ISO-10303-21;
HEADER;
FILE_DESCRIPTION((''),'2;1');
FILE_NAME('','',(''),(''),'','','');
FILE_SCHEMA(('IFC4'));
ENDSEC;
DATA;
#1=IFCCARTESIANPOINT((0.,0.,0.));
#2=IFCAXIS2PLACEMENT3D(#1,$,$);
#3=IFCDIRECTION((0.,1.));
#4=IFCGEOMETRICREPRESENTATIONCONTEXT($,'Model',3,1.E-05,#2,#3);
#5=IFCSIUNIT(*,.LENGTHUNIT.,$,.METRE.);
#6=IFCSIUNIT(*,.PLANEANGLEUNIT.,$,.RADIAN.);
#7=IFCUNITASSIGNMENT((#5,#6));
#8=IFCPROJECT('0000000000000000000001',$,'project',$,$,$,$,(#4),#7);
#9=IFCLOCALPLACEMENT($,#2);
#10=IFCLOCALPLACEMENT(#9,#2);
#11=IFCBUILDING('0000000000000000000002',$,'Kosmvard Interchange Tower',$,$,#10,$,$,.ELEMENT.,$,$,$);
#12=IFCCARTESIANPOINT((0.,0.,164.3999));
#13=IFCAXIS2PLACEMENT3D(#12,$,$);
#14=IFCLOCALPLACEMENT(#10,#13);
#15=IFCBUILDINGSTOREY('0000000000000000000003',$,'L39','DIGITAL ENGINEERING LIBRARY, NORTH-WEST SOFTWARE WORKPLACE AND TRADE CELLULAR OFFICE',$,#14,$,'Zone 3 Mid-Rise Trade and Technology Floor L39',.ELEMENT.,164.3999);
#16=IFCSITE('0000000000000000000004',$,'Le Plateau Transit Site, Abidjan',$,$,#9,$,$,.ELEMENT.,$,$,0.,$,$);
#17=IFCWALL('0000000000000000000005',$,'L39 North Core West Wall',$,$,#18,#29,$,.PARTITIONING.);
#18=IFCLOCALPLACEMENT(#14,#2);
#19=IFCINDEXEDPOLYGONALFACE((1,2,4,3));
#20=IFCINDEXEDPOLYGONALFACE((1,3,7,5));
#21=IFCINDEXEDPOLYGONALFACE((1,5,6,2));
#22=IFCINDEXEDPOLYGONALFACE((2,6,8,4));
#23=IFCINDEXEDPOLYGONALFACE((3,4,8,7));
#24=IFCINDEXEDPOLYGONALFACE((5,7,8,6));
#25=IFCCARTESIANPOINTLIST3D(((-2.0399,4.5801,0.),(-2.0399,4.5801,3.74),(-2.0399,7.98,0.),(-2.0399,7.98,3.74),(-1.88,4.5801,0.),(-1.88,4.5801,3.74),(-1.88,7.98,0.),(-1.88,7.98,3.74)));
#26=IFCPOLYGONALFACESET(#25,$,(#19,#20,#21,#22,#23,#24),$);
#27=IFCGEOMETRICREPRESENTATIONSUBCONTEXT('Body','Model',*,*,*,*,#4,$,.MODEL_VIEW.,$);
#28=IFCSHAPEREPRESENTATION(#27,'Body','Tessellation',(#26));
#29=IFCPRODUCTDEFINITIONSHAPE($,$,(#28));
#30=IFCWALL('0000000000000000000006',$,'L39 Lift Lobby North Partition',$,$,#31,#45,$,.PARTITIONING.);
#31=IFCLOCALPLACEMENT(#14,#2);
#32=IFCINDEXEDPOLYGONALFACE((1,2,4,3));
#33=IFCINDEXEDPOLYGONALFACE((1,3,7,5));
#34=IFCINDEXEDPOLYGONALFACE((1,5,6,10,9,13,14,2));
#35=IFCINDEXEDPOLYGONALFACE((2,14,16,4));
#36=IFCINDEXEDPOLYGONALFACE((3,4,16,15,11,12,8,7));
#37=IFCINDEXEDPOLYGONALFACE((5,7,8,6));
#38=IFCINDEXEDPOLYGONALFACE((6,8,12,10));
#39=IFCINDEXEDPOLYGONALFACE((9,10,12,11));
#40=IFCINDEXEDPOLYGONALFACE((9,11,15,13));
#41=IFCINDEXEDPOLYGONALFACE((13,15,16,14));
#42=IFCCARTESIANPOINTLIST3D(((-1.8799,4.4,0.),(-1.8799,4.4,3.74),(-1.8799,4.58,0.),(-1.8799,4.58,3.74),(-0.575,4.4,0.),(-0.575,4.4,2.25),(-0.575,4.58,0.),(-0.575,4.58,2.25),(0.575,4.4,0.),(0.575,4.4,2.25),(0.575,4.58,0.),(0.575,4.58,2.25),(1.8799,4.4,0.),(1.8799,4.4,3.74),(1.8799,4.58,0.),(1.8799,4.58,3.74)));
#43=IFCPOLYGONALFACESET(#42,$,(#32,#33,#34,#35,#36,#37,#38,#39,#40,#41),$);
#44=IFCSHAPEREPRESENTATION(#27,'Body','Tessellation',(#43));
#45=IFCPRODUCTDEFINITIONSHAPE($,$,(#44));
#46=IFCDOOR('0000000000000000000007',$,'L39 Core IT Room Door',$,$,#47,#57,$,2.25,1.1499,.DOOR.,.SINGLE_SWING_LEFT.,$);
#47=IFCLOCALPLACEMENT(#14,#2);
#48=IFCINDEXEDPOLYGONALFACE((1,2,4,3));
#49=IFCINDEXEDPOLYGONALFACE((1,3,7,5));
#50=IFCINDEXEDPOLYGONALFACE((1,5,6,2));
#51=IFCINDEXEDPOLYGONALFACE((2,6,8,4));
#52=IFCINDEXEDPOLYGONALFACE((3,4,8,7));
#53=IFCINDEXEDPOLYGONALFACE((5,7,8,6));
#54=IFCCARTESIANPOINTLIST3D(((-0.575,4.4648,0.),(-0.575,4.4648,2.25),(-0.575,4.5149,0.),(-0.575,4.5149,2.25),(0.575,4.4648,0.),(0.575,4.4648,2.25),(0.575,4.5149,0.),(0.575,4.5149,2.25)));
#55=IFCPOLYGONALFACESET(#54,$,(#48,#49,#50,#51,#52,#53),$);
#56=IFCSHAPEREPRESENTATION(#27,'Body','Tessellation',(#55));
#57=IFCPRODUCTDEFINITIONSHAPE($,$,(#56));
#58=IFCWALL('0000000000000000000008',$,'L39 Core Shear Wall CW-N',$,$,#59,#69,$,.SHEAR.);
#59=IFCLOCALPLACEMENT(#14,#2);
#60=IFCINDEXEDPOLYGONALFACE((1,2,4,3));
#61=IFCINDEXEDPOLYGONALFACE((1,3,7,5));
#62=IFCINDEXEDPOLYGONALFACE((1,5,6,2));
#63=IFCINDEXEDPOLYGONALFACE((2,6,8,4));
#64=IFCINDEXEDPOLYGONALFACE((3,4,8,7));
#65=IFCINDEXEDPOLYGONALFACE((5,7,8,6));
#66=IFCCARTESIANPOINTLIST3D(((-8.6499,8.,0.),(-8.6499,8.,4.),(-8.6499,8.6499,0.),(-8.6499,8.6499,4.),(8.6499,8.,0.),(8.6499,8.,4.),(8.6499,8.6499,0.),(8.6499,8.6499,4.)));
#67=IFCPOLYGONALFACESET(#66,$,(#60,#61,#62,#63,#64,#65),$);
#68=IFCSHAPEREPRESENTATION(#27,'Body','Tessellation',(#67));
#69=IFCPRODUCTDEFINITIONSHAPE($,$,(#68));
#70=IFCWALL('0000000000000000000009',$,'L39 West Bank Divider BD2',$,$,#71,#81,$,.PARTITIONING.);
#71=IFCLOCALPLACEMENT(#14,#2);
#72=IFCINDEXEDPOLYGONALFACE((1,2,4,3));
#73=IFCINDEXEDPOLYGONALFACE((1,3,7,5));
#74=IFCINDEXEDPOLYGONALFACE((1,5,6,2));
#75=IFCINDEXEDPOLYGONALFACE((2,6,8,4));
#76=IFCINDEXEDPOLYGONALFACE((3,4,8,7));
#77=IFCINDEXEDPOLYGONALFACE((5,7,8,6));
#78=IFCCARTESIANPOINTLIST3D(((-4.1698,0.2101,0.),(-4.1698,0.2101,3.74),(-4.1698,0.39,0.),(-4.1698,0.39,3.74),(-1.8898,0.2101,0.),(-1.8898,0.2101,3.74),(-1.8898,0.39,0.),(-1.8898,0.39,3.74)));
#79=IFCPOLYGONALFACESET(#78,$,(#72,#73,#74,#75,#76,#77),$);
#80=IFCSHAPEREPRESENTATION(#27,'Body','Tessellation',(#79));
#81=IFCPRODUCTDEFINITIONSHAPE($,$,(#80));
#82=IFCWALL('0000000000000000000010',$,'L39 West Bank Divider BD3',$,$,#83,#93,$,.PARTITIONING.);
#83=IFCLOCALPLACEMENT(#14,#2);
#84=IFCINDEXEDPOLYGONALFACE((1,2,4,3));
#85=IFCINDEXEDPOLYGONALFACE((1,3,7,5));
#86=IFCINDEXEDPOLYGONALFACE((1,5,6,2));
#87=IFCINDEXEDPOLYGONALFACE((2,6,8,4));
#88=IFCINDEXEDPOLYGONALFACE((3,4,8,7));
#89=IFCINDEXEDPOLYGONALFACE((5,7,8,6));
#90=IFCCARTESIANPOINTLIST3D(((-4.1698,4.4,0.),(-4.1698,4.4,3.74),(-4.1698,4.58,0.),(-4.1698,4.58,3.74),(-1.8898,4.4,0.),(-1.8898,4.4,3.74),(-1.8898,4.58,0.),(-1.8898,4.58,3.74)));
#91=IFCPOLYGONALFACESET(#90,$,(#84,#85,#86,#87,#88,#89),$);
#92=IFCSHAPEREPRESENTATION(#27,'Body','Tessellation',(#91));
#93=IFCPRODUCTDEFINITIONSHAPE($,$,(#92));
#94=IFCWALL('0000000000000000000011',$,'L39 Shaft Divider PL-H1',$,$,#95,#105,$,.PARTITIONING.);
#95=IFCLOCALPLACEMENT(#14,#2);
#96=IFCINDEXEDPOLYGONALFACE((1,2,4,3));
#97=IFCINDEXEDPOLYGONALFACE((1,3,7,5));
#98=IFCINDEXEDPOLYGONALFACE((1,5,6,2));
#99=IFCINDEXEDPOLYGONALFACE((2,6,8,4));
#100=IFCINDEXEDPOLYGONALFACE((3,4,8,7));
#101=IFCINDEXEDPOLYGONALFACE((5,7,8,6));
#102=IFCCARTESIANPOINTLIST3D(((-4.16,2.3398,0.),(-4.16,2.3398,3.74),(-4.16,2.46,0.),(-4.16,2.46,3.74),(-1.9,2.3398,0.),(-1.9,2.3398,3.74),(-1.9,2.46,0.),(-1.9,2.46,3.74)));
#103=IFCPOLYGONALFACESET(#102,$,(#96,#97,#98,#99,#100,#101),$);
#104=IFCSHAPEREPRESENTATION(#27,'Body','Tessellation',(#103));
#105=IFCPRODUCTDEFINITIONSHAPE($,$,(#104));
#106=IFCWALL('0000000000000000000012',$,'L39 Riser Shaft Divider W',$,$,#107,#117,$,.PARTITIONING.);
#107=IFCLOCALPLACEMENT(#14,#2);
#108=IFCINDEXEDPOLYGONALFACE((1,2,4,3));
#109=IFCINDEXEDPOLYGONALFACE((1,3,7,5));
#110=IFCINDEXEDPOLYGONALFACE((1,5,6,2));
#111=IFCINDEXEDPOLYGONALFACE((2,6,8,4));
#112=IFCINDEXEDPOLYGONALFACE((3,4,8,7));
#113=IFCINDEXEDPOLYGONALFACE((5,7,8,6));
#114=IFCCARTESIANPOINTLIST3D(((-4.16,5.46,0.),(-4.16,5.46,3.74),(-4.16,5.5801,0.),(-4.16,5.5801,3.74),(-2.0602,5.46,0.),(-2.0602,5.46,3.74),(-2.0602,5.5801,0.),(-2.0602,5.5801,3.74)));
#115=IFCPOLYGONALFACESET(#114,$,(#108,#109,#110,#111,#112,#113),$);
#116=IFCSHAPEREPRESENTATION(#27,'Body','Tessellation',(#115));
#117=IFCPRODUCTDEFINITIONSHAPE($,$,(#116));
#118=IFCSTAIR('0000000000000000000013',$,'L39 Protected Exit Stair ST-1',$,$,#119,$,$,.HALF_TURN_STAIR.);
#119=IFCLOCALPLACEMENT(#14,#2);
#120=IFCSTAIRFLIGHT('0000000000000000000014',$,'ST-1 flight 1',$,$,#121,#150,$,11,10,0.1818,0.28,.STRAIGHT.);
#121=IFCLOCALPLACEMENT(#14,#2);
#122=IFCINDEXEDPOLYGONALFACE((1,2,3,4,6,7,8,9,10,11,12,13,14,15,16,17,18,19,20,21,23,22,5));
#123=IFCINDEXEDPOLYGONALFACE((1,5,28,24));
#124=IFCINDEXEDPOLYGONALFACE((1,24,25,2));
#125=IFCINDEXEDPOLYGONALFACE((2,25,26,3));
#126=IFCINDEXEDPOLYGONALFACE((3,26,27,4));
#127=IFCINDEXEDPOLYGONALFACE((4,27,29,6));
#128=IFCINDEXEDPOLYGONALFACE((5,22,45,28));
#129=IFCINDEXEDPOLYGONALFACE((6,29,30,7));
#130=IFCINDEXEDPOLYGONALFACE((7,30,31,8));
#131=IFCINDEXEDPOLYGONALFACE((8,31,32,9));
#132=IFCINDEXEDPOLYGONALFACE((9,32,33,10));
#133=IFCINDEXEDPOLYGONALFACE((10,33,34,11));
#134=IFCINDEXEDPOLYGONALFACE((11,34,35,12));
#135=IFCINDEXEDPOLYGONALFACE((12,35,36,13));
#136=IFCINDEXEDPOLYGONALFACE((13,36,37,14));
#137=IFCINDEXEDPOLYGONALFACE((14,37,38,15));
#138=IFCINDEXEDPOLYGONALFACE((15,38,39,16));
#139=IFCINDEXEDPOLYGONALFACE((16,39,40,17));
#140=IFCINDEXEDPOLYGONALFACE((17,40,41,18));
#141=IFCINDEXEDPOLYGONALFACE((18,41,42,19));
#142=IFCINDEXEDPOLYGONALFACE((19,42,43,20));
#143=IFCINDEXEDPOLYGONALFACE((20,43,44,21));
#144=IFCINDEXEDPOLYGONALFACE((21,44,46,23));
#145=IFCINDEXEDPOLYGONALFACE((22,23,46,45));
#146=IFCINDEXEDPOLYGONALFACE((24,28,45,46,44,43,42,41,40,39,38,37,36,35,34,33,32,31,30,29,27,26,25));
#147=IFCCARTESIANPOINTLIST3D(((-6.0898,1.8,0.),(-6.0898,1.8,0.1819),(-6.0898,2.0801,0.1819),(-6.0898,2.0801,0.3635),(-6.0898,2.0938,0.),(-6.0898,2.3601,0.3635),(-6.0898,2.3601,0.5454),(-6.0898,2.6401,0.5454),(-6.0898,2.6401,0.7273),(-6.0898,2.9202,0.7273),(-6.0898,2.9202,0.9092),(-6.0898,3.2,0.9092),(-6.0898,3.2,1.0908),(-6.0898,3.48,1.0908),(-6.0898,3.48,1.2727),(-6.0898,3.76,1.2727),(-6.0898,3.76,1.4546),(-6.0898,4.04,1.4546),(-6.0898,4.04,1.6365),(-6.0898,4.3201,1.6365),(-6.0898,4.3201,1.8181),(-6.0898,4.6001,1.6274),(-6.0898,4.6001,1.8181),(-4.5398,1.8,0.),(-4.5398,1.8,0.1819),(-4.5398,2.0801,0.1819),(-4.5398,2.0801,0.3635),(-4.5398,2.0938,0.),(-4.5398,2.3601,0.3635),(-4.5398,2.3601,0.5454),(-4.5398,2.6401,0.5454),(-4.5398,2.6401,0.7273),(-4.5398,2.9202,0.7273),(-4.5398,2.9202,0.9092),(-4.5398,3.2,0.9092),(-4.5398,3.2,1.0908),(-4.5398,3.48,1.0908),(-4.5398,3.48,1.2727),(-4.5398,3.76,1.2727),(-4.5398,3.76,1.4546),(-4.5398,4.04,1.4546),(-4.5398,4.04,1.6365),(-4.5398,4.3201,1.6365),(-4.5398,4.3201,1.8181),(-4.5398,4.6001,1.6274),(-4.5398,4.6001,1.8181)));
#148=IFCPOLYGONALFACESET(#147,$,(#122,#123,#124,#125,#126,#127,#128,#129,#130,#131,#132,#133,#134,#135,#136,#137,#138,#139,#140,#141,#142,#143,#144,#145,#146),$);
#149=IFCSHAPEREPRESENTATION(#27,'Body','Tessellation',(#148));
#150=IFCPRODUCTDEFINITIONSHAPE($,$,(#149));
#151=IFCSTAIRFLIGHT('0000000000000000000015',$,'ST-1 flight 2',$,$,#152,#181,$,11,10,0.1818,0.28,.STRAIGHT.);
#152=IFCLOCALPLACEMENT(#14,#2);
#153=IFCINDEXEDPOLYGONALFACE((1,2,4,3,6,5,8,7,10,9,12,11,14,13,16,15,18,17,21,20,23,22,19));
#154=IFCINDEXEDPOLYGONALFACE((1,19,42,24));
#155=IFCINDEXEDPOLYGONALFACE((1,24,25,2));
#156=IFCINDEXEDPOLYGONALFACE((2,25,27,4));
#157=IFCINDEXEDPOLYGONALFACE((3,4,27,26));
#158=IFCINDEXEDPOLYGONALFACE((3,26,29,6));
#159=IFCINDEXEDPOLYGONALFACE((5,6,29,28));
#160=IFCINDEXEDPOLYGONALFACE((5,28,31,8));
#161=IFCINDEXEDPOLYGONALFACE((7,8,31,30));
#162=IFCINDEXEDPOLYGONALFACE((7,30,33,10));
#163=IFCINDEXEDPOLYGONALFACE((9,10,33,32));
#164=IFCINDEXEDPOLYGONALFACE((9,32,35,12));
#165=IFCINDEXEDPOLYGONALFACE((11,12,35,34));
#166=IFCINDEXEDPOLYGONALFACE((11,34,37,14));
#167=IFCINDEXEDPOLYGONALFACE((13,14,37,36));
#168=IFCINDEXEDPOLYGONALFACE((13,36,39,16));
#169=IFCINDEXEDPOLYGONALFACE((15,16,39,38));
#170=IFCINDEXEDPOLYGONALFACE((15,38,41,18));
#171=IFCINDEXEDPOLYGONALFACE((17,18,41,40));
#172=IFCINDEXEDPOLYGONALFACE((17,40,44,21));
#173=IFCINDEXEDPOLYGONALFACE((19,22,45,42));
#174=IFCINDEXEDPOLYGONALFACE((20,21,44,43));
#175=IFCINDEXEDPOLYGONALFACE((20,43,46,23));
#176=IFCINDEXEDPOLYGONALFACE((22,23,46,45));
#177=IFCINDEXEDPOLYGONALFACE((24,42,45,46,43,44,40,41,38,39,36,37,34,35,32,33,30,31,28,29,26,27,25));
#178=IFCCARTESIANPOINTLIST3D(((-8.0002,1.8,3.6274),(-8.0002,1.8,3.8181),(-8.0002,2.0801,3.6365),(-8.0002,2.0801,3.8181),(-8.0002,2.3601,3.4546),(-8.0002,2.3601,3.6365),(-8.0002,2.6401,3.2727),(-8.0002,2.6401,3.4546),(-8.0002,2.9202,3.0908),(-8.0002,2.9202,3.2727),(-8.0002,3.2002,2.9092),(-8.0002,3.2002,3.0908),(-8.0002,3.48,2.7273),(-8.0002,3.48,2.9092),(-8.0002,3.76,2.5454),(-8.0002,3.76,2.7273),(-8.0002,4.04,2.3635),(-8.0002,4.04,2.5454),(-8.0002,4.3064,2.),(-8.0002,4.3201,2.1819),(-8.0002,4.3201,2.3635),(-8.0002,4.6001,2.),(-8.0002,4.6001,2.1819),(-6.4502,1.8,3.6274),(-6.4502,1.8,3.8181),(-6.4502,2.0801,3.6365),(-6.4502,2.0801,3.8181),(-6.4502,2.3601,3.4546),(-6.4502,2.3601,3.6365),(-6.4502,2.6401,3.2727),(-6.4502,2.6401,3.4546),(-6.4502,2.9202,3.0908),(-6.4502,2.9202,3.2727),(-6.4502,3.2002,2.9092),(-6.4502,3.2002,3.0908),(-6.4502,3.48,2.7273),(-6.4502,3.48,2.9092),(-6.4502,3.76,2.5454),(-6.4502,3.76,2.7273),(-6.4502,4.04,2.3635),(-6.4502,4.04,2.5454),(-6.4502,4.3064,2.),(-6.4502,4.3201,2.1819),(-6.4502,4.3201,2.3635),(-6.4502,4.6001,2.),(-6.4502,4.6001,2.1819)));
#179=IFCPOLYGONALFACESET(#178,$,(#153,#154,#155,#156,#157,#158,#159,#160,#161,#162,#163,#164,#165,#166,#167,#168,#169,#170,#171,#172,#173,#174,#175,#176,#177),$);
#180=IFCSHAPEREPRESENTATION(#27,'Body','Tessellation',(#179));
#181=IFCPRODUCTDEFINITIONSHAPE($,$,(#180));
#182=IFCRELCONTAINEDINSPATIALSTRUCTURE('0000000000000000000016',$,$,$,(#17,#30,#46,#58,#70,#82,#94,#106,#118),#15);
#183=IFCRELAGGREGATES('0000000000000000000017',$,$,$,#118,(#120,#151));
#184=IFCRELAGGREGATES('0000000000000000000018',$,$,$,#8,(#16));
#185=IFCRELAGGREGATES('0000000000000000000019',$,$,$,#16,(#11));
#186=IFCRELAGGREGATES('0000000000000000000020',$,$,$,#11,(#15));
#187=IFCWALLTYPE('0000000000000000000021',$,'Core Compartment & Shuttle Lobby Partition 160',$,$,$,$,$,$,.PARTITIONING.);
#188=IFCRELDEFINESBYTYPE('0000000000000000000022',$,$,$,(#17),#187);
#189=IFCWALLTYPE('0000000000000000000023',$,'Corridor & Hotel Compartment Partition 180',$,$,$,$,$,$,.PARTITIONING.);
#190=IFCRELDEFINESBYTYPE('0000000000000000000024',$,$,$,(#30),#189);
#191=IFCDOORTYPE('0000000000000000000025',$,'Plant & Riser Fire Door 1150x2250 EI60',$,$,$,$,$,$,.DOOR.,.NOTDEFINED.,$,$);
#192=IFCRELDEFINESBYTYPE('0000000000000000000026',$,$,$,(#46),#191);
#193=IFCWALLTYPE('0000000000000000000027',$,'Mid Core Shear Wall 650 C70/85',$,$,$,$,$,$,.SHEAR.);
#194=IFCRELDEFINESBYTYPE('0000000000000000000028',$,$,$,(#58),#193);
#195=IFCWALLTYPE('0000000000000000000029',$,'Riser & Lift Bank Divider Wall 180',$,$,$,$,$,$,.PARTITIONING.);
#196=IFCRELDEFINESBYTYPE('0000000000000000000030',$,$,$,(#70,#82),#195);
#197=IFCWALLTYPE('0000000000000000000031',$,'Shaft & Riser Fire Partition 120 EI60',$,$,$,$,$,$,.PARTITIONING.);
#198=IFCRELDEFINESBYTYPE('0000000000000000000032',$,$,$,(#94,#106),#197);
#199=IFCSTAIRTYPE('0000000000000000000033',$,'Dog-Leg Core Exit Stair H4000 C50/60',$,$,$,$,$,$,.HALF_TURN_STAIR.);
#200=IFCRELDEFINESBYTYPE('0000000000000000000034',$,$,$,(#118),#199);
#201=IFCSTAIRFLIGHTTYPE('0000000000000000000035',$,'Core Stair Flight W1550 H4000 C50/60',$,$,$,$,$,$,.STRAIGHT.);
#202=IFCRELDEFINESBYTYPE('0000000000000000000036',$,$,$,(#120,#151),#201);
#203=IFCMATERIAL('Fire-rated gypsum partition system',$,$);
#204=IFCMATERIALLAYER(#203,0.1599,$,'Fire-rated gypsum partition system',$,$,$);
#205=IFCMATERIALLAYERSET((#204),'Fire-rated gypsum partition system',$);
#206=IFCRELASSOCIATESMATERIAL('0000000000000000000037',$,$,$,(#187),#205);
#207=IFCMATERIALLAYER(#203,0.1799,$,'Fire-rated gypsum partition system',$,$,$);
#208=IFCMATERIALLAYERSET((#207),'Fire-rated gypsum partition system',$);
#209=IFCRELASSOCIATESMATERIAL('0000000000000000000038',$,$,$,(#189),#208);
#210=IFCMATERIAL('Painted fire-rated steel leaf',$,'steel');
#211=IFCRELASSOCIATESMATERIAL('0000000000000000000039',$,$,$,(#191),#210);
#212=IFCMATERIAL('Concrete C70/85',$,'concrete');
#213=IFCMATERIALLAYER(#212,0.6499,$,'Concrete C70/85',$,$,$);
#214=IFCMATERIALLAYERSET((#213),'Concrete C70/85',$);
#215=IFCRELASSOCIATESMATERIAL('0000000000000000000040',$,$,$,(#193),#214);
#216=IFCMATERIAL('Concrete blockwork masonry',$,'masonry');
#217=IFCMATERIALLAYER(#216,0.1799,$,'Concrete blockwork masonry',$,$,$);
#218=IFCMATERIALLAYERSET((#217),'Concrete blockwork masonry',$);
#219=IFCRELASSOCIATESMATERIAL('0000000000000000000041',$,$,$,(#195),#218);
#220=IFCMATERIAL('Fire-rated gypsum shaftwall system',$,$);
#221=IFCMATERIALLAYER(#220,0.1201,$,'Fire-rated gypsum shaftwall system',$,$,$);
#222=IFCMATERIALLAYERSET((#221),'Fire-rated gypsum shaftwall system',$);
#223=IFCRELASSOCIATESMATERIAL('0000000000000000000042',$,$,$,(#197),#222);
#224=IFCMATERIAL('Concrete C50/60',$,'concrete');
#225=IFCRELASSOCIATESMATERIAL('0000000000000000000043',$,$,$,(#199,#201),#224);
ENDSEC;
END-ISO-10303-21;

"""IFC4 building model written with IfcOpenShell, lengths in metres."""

from ifc_helpers import new_model, si_unit, direction, frame, frame_2d, origin, place, context, subcontext, project, spatial, polyline, rectangle, outline, extrude, source, transform, mapped, material, layer, layer_set, type_object, element, fill, aggregate, save


model = new_model("IFC4")

# Units and contexts
model_context = context("Model", 3, precision=1e-05, world=origin(), true_north=direction((0.0, 1.0)))
body_context = subcontext(model_context, "Body", "Model", "MODEL_VIEW")
ifc_project = project(units=[si_unit("LENGTHUNIT", "METRE"), si_unit("PLANEANGLEUNIT", "RADIAN")], contexts=[model_context])

# Site, building, storey
site_placement = place(None, origin())
site = spatial("IfcSite", under=ifc_project, at=site_placement, Name="Le Plateau Transit Site, Abidjan", CompositionType="ELEMENT", RefElevation=0.0)
building_placement = place(site_placement, origin())
building = spatial("IfcBuilding", under=site, at=building_placement, Name="Kosmvard Interchange Tower", CompositionType="ELEMENT")
storey_placement = place(building_placement, frame((0.0, 0.0, 164.3999)))
storey = spatial("IfcBuildingStorey", under=building, at=storey_placement, Name="L39", Description="DIGITAL ENGINEERING LIBRARY, NORTH-WEST SOFTWARE WORKPLACE AND TRADE CELLULAR OFFICE", LongName="Zone 3 Mid-Rise Trade and Technology Floor L39", CompositionType="ELEMENT", Elevation=164.3999)

# Wall
ifc_material_1 = material(Name="Fire-rated gypsum partition system")
ifc_layer_1 = layer(ifc_material_1, 0.1599, Name="Fire-rated gypsum partition system")
ifc_layer_set_1 = layer_set([ifc_layer_1], Name="Fire-rated gypsum partition system")
wall_type_1 = type_object("IfcWallType", Name="Core Compartment & Shuttle Lobby Partition 160", PredefinedType="PARTITIONING", material=ifc_layer_set_1)
wall_1_placement = place(storey_placement, frame((-1.96, 4.5801, 0.0), z_axis=(0.0, 0.0, 1.0), x_axis=(0.0, 1.0, 0.0)))
element("IfcWall", 1, at=wall_1_placement, inside=storey, type_object=wall_type_1, Name="L39 North Core West Wall", PredefinedType="PARTITIONING", context=body_context, shape_type="SweptSolid", body=[
    extrude(rectangle(XDim=3.3999, YDim=0.1599, at=frame_2d((1.7, 0.0))), origin(), (0.0, 0.0, 1.0), 3.74),
])

# Wall, opening, door
ifc_layer_2 = layer(ifc_material_1, 0.1799, Name="Fire-rated gypsum partition system")
ifc_layer_set_2 = layer_set([ifc_layer_2], Name="Fire-rated gypsum partition system")
wall_type_2 = type_object("IfcWallType", Name="Corridor & Hotel Compartment Partition 180", PredefinedType="PARTITIONING", material=ifc_layer_set_2)
wall_2_placement = place(storey_placement, frame((-1.8799, 4.49, 0.0), z_axis=(0.0, 0.0, 1.0), x_axis=(1.0, 0.0, 0.0)))
wall_2 = element("IfcWall", 2, at=wall_2_placement, inside=storey, type_object=wall_type_2, Name="L39 Lift Lobby North Partition", PredefinedType="PARTITIONING", context=body_context, shape_type="SweptSolid", body=[
    extrude(rectangle(XDim=3.7598, YDim=0.1799, at=frame_2d((1.8799, 0.0))), origin(), (0.0, 0.0, 1.0), 3.74),
])
opening_placement = place(wall_2_placement, frame((1.3049, 0.0, 0.0)))
opening = element("IfcOpeningElement", 3, at=opening_placement, cuts=wall_2, PredefinedType="OPENING", context=body_context, shape_type="SweptSolid", body=[
    extrude(rectangle(XDim=1.1499, YDim=2.25, at=frame_2d((0.575, 1.125))), frame((0.0, 0.1001, 0.0), z_axis=(0.0, -1.0, 0.0), x_axis=(1.0, 0.0, 0.0)), (0.0, 0.0, 1.0), 0.2),
])
ifc_material_2 = material(Name="Painted fire-rated steel leaf", Category="steel")
door_type = type_object("IfcDoorType", Name="Plant & Riser Fire Door 1150x2250 EI60", OperationType="NOTDEFINED", PredefinedType="DOOR", material=ifc_material_2)
shared_shape_1 = source(origin(), body_context, "Body", "SweptSolid", [
    extrude(rectangle(XDim=1.1499, YDim=2.25, at=frame_2d((0.575, 1.125))), frame((0.0, 0.0249, 0.0), z_axis=(0.0, -1.0, 0.0), x_axis=(1.0, 0.0, 0.0)), (0.0, 0.0, 1.0), 0.05),
])
door_placement = place(opening_placement, origin())
door = element("IfcDoor", 4, at=door_placement, inside=storey, type_object=door_type, Name="L39 Core IT Room Door", OperationType="SINGLE_SWING_LEFT", OverallHeight=2.25, OverallWidth=1.1499, PredefinedType="DOOR", context=body_context, shape_type="MappedRepresentation", body=[
    mapped(shared_shape_1, transform((0.0, 0.0, 0.0), scale=1.0)),
])
fill(opening, door)

# Walls
ifc_material_3 = material(Name="Concrete C70/85", Category="concrete")
ifc_layer_3 = layer(ifc_material_3, 0.6499, Name="Concrete C70/85")
ifc_layer_set_3 = layer_set([ifc_layer_3], Name="Concrete C70/85")
wall_type_3 = type_object("IfcWallType", Name="Mid Core Shear Wall 650 C70/85", PredefinedType="SHEAR", material=ifc_layer_set_3)
wall_3_placement = place(storey_placement, frame((-8.6499, 8.325, 0.0), z_axis=(0.0, 0.0, 1.0), x_axis=(1.0, 0.0, 0.0)))
element("IfcWall", 5, at=wall_3_placement, inside=storey, type_object=wall_type_3, Name="L39 Core Shear Wall CW-N", PredefinedType="SHEAR", context=body_context, shape_type="SweptSolid", body=[
    extrude(rectangle(XDim=17.2998, YDim=0.6499, at=frame_2d((8.6499, 0.0))), origin(), (0.0, 0.0, 1.0), 4.0),
])
ifc_material_4 = material(Name="Concrete blockwork masonry", Category="masonry")
ifc_layer_4 = layer(ifc_material_4, 0.1799, Name="Concrete blockwork masonry")
ifc_layer_set_4 = layer_set([ifc_layer_4], Name="Concrete blockwork masonry")
wall_type_4 = type_object("IfcWallType", Name="Riser & Lift Bank Divider Wall 180", PredefinedType="PARTITIONING", material=ifc_layer_set_4)
for number, where, z_axis, x_axis, name in (
    (6, (-4.1699, 0.3, 0.0), (0.0, 0.0, 1.0), (1.0, 0.0, 0.0), "L39 West Bank Divider BD2"),
    (7, (-4.1699, 4.49, 0.0), (0.0, 0.0, 1.0), (1.0, 0.0, 0.0), "L39 West Bank Divider BD3"),
):
    element("IfcWall", number, at=place(storey_placement, frame(where, z_axis=z_axis, x_axis=x_axis)), inside=storey, type_object=wall_type_4, Name=name, PredefinedType="PARTITIONING", context=body_context, shape_type="SweptSolid", body=[
        extrude(rectangle(XDim=2.28, YDim=0.1799, at=frame_2d((1.1401, 0.0))), origin(), (0.0, 0.0, 1.0), 3.74),
    ])
ifc_material_5 = material(Name="Fire-rated gypsum shaftwall system")
ifc_layer_5 = layer(ifc_material_5, 0.1201, Name="Fire-rated gypsum shaftwall system")
ifc_layer_set_5 = layer_set([ifc_layer_5], Name="Fire-rated gypsum shaftwall system")
wall_type_5 = type_object("IfcWallType", Name="Shaft & Riser Fire Partition 120 EI60", PredefinedType="PARTITIONING", material=ifc_layer_set_5)
wall_4_placement = place(storey_placement, frame((-4.1599, 2.3999, 0.0), z_axis=(0.0, 0.0, 1.0), x_axis=(1.0, 0.0, 0.0)))
element("IfcWall", 8, at=wall_4_placement, inside=storey, type_object=wall_type_5, Name="L39 Shaft Divider PL-H1", PredefinedType="PARTITIONING", context=body_context, shape_type="SweptSolid", body=[
    extrude(rectangle(XDim=2.26, YDim=0.1201, at=frame_2d((1.1299, 0.0))), origin(), (0.0, 0.0, 1.0), 3.74),
])
wall_5_placement = place(storey_placement, frame((-4.1599, 5.52, 0.0), z_axis=(0.0, 0.0, 1.0), x_axis=(1.0, 0.0, 0.0)))
element("IfcWall", 9, at=wall_5_placement, inside=storey, type_object=wall_type_5, Name="L39 Riser Shaft Divider W", PredefinedType="PARTITIONING", context=body_context, shape_type="SweptSolid", body=[
    extrude(rectangle(XDim=2.0999, YDim=0.1201, at=frame_2d((1.0498, 0.0))), origin(), (0.0, 0.0, 1.0), 3.74),
])

# Stair, stair flights
ifc_material_6 = material(Name="Concrete C50/60", Category="concrete")
stair_type = type_object("IfcStairType", Name="Dog-Leg Core Exit Stair H4000 C50/60", PredefinedType="HALF_TURN_STAIR", material=ifc_material_6)
stair_placement = place(storey_placement, origin())
stair = element("IfcStair", 10, at=stair_placement, inside=storey, type_object=stair_type, Name="L39 Protected Exit Stair ST-1", PredefinedType="HALF_TURN_STAIR")
stair_flight_type = type_object("IfcStairFlightType", Name="Core Stair Flight W1550 H4000 C50/60", PredefinedType="STRAIGHT", material=ifc_material_6)
shared_shape_2 = source(origin(), body_context, "Body", "SweptSolid", [
    extrude(outline(polyline([(0.0, 0.0), (0.0, 0.1819), (0.28, 0.1819), (0.28, 0.3635), (0.5601, 0.3635), (0.5601, 0.5454), (0.8401, 0.5454), (0.8401, 0.7273), (1.1201, 0.7273), (1.1201, 0.9092), (1.3999, 0.9092), (1.3999, 1.0908), (1.6799, 1.0908), (1.6799, 1.2727), (1.96, 1.2727), (1.96, 1.4546), (2.24, 1.4546), (2.24, 1.6365), (2.52, 1.6365), (2.52, 1.8181), (2.8, 1.8181), (2.8, 2.0), (2.8, 1.6274), (0.2937, 0.0), (0.0, 0.0)])), frame((0.0, 0.7749, 0.0), z_axis=(0.0, -1.0, 0.0), x_axis=(1.0, 0.0, 0.0)), (0.0, 0.0, 1.0), 1.55),
])
stair_flight_1_placement = place(storey_placement, frame((-5.3149, 1.8, 0.0), z_axis=(0.0, 0.0, 1.0), x_axis=(0.0, 1.0, 0.0)))
stair_flight_1 = element("IfcStairFlight", 11, at=stair_flight_1_placement, type_object=stair_flight_type, Name="ST-1 flight 1", NumberOfRisers=11, NumberOfTreads=10, PredefinedType="STRAIGHT", RiserHeight=0.1818, TreadLength=0.28, context=body_context, shape_type="MappedRepresentation", body=[
    mapped(shared_shape_2, transform((0.0, 0.0, 0.0), scale=1.0)),
])
stair_flight_2_placement = place(storey_placement, frame((-7.2251, 4.6001, 2.0), z_axis=(0.0, 0.0, 1.0), x_axis=(0.0, -1.0, 0.0)))
stair_flight_2 = element("IfcStairFlight", 12, at=stair_flight_2_placement, type_object=stair_flight_type, Name="ST-1 flight 2", NumberOfRisers=11, NumberOfTreads=10, PredefinedType="STRAIGHT", RiserHeight=0.1818, TreadLength=0.28, context=body_context, shape_type="MappedRepresentation", body=[
    mapped(shared_shape_2, transform((0.0, 0.0, 0.0), scale=1.0)),
])
aggregate(stair, [stair_flight_1, stair_flight_2])

save(model, "model.ifc")
